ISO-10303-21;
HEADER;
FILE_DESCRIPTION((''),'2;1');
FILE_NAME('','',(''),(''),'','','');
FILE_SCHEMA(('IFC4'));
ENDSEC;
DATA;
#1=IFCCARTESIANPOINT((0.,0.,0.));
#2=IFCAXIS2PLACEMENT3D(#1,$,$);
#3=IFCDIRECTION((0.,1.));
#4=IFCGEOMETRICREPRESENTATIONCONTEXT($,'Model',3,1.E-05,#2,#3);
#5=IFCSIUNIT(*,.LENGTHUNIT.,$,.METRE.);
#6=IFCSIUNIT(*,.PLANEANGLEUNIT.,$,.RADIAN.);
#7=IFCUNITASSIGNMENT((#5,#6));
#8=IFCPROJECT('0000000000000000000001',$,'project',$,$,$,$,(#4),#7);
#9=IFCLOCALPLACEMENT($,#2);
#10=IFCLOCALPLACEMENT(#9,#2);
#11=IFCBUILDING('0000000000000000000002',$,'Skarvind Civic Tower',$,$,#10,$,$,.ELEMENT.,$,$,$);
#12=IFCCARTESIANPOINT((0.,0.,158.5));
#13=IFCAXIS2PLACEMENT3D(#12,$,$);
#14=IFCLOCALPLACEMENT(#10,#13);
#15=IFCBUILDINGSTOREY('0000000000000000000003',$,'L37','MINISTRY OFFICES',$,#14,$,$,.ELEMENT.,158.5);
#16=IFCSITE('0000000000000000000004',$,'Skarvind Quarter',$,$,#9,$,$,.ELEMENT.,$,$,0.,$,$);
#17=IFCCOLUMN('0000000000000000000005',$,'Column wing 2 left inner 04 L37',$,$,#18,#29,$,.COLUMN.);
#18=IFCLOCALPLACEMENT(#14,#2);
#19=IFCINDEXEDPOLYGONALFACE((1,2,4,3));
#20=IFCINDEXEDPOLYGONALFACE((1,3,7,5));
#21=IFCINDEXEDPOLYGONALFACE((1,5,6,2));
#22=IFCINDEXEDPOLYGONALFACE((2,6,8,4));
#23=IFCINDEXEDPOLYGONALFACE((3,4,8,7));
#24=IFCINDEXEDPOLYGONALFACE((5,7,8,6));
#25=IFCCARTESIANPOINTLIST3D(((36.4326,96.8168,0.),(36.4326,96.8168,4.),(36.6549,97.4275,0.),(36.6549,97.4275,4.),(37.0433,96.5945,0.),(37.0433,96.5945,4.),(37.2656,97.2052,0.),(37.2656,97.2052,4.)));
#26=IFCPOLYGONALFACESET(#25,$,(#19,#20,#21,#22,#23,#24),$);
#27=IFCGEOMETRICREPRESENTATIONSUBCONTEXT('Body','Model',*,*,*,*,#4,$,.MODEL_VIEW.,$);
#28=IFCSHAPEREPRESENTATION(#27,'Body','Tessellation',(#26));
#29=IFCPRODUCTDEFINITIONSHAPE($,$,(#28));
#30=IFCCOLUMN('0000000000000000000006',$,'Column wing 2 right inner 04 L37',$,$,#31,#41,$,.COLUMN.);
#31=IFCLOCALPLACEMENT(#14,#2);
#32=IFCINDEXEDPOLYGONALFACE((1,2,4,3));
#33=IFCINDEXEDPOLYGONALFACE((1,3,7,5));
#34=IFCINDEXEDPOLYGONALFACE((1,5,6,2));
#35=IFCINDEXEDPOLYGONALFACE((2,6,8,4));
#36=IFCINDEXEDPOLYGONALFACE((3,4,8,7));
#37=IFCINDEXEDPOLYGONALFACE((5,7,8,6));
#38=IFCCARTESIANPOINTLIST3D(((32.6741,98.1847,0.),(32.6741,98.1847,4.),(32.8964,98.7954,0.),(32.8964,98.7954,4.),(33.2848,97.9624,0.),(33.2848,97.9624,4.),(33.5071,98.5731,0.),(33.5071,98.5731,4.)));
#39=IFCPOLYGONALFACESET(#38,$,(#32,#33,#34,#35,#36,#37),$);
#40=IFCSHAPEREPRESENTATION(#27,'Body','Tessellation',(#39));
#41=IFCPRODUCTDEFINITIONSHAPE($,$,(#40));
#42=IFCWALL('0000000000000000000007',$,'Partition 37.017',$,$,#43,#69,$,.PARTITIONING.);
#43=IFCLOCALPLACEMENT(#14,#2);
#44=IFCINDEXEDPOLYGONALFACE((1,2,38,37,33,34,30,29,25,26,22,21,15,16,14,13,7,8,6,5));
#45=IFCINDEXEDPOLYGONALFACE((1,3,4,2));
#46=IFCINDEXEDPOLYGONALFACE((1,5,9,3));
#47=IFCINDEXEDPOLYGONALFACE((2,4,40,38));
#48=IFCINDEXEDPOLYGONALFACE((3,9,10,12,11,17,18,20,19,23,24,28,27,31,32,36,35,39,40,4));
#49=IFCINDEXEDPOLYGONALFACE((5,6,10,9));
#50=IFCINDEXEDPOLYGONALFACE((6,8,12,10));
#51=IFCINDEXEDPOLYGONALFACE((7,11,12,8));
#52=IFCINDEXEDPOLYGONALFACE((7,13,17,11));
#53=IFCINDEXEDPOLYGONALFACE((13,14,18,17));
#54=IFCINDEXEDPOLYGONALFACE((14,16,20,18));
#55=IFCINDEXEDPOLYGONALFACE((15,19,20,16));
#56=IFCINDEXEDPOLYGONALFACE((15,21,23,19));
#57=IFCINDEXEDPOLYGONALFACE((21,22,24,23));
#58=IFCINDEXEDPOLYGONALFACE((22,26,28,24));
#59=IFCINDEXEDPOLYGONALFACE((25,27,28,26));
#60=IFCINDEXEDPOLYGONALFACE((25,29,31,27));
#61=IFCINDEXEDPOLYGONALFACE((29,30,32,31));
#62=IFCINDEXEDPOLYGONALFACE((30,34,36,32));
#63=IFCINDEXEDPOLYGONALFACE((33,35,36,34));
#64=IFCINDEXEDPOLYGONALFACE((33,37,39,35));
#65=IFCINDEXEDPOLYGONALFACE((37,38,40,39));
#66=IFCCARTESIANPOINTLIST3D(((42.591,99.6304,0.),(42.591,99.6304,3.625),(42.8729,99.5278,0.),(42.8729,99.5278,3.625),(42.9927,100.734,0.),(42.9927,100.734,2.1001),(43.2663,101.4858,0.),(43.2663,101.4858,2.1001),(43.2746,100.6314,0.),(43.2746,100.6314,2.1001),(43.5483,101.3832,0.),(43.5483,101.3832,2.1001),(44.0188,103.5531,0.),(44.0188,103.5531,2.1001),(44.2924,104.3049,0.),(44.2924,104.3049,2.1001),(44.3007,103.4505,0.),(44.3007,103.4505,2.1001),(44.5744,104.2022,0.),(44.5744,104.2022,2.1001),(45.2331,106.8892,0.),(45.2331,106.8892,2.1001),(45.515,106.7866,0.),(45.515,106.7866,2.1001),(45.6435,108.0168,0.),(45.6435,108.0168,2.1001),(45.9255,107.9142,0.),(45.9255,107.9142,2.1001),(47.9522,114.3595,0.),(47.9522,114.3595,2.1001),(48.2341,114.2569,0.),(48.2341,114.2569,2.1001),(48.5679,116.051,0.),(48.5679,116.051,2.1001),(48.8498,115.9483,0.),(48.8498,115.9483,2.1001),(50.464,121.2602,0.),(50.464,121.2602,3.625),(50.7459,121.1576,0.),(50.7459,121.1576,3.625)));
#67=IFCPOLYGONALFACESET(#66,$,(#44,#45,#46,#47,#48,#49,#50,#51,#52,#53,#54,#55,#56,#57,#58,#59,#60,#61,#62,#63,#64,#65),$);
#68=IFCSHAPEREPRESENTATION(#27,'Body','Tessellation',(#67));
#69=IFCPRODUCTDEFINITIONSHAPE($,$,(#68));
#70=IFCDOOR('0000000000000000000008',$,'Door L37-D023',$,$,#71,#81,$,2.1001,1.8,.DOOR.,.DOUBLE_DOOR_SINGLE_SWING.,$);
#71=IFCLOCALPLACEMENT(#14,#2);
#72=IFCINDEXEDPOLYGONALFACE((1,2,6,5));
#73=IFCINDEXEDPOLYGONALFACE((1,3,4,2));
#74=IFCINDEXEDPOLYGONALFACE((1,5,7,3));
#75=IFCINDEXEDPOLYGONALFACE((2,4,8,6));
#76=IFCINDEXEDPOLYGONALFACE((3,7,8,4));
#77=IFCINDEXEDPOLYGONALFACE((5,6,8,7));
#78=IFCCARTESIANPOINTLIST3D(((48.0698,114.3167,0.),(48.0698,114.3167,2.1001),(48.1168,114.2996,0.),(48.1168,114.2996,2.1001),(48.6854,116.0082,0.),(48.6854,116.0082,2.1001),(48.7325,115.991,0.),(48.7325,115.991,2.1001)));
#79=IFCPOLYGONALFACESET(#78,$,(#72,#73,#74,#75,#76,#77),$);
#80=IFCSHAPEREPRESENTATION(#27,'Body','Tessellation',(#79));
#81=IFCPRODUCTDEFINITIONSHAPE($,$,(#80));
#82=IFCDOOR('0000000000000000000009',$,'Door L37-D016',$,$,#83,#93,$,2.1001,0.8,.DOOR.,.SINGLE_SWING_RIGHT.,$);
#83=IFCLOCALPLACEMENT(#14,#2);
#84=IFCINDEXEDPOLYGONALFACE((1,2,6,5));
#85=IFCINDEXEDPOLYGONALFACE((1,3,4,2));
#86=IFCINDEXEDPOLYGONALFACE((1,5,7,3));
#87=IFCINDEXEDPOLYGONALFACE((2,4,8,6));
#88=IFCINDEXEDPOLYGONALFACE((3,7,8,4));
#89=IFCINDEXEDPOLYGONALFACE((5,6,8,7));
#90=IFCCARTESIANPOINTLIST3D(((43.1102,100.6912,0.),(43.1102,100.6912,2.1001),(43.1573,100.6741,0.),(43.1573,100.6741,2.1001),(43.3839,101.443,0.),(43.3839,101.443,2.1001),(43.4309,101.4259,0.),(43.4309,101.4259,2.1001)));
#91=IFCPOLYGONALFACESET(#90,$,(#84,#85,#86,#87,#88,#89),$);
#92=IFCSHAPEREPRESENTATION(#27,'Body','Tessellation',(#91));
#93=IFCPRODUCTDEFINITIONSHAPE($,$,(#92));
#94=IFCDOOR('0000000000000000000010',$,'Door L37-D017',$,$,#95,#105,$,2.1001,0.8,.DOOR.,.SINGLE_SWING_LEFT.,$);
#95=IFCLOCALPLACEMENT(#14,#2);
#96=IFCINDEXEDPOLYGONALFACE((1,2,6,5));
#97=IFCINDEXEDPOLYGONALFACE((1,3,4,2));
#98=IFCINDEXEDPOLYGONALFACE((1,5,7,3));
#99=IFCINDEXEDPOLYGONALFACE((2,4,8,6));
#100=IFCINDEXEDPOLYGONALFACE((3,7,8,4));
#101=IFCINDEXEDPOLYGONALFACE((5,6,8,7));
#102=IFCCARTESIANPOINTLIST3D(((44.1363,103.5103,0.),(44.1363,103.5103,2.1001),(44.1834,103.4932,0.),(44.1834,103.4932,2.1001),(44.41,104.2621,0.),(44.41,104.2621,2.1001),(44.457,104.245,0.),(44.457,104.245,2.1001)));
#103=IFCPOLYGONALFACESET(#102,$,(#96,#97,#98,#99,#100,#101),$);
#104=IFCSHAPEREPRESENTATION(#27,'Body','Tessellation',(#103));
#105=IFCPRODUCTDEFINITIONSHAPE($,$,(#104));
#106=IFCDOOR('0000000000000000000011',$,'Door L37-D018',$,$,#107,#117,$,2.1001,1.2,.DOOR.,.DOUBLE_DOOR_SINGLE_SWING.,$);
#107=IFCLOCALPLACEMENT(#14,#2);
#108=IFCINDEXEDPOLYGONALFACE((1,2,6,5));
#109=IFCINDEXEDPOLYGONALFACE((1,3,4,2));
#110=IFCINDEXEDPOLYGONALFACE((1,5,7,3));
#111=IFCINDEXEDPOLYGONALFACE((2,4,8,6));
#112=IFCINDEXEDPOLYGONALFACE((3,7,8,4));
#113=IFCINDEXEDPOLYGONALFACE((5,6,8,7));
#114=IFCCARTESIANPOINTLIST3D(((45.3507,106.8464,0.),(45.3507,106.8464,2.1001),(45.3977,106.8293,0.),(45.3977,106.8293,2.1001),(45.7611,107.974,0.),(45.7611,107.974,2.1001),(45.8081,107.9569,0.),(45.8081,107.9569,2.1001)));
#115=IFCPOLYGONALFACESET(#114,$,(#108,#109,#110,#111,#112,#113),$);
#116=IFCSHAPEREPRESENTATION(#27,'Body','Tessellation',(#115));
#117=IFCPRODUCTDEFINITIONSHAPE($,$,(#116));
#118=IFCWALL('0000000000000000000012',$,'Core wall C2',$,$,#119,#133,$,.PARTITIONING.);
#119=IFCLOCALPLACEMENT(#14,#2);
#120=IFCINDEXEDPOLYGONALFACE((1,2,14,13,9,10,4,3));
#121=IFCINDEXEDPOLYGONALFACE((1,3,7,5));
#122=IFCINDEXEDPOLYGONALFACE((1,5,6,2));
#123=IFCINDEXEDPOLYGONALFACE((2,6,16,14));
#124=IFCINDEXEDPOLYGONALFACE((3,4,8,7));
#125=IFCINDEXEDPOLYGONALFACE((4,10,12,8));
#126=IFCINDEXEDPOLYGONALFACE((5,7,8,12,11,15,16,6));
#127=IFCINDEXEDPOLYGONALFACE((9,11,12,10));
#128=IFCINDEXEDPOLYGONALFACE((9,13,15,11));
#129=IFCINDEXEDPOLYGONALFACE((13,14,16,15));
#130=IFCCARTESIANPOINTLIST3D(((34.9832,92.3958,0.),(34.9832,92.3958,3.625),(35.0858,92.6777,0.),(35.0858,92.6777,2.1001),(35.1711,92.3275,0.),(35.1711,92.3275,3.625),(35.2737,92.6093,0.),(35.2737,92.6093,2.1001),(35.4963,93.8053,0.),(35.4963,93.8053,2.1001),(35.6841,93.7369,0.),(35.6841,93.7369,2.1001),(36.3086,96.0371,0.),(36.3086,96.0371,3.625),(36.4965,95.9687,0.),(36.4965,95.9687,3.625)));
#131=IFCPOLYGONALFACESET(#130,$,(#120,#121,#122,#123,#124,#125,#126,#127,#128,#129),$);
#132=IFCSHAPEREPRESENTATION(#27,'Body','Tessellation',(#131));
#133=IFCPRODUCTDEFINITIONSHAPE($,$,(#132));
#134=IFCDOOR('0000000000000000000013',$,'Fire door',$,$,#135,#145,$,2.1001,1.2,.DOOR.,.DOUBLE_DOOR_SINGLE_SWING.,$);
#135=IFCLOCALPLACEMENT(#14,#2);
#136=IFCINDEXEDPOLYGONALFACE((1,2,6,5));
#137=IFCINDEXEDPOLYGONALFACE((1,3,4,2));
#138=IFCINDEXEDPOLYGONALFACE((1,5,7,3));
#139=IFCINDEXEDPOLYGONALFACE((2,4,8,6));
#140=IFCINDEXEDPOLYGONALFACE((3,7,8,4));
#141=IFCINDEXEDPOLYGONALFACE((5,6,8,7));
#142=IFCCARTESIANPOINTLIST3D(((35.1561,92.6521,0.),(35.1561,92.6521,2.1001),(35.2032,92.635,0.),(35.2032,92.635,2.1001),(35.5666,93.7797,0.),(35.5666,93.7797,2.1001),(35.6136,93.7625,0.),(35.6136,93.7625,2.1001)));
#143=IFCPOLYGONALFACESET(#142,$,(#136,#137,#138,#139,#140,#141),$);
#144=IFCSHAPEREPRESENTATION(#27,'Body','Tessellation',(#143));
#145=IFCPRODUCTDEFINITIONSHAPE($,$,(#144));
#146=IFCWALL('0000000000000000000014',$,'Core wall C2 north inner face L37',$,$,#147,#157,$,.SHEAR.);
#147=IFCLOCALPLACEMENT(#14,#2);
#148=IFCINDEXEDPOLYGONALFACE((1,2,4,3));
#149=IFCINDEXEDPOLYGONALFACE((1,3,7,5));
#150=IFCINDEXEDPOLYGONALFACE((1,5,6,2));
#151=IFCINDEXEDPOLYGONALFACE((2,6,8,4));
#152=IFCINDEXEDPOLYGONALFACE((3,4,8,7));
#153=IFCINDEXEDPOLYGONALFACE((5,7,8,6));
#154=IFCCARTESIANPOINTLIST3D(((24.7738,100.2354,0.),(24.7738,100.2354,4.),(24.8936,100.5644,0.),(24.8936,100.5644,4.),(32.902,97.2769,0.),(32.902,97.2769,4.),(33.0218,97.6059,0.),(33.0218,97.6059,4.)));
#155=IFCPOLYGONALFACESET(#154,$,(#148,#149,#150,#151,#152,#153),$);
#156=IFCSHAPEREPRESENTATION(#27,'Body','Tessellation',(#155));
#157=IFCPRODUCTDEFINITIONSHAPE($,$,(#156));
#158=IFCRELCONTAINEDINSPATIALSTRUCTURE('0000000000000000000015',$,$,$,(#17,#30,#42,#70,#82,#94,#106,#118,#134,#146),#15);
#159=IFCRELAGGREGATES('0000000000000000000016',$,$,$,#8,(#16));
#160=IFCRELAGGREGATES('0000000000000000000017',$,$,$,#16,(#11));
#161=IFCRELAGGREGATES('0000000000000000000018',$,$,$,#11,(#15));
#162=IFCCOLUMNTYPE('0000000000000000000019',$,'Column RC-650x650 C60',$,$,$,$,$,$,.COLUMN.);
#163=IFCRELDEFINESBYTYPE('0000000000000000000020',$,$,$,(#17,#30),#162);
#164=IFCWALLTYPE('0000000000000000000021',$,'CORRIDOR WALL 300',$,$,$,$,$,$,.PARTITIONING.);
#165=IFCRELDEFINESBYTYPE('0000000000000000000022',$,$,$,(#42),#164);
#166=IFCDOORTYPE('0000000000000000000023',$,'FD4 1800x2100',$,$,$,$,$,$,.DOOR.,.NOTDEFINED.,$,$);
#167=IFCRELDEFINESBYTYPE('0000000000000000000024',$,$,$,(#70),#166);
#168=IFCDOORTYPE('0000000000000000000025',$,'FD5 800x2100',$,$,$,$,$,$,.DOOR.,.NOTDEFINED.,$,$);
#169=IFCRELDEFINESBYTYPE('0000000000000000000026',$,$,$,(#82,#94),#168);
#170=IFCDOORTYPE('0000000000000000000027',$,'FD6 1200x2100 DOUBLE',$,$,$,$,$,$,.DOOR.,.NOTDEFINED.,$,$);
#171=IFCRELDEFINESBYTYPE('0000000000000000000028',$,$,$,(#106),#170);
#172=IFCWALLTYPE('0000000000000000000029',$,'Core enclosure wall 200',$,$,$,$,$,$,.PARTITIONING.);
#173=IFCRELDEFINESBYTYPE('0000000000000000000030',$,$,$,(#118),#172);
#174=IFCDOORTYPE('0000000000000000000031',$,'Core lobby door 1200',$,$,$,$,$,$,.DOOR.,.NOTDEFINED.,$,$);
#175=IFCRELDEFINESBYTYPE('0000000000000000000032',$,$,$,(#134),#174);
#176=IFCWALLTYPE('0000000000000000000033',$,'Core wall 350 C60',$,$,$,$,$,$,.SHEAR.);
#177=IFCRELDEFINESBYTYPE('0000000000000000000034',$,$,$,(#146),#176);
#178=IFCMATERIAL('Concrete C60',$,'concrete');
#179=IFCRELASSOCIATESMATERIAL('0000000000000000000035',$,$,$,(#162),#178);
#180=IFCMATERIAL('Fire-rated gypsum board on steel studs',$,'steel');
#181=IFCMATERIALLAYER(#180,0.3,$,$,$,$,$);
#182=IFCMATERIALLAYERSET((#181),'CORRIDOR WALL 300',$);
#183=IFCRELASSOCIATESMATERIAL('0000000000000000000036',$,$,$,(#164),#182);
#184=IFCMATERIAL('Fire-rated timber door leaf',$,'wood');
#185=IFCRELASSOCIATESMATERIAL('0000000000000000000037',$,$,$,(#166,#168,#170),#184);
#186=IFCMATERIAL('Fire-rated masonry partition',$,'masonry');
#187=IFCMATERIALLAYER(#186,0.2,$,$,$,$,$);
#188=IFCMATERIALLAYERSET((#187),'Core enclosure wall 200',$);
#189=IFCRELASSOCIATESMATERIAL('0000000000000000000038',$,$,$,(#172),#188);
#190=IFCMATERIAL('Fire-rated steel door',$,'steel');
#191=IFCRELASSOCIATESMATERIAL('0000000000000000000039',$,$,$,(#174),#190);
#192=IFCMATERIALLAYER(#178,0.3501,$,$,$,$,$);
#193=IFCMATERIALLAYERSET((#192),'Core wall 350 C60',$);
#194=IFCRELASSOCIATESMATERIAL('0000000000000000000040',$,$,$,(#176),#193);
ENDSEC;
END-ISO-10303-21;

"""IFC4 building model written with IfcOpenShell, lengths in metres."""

from ifc_helpers import new_model, si_unit, direction, frame, frame_2d, origin, origin_2d, place, context, subcontext, project, spatial, rectangle, extrude, material, layer, layer_set, material_profile, profile_set, type_object, element, fill, save


model = new_model("IFC4")

# Units and contexts
model_context = context("Model", 3, precision=1e-05, world=origin(), true_north=direction((0.0, 1.0)))
body_context = subcontext(model_context, "Body", "Model", "MODEL_VIEW")
ifc_project = project(units=[si_unit("LENGTHUNIT", "METRE"), si_unit("PLANEANGLEUNIT", "RADIAN")], contexts=[model_context])

# Site, building, storey
site_placement = place(None, origin())
site = spatial("IfcSite", under=ifc_project, at=site_placement, Name="Skarvind Quarter", CompositionType="ELEMENT", RefElevation=0.0)
building_placement = place(site_placement, origin())
building = spatial("IfcBuilding", under=site, at=building_placement, Name="Skarvind Civic Tower", CompositionType="ELEMENT")
storey_placement = place(building_placement, frame((0.0, 0.0, 158.5)))
storey = spatial("IfcBuildingStorey", under=building, at=storey_placement, Name="L37", Description="MINISTRY OFFICES", CompositionType="ELEMENT", Elevation=158.5)

# Columns
ifc_material_1 = material(Name="Concrete C60", Category="concrete")
ifc_material_profile = material_profile(ifc_material_1, rectangle(XDim=0.6499, YDim=0.6499, at=origin_2d()), Name="RC-650x650")
ifc_profile_set = profile_set([ifc_material_profile], Name="Concrete C60")
column_type = type_object("IfcColumnType", Name="Column RC-650x650 C60", PredefinedType="COLUMN", material=ifc_profile_set)
for number, where, z_axis, x_axis, name in (
    (1, (36.8491, 97.011, 0.0), (0.0, 0.0, 1.0), (-0.34202, -0.939693, 0.0), "Column wing 2 left inner 04 L37"),
    (2, (33.0906, 98.3789, 0.0), (0.0, 0.0, 1.0), (-0.34202, -0.939693, 0.0), "Column wing 2 right inner 04 L37"),
):
    element("IfcColumn", number, at=place(storey_placement, frame(where, z_axis=z_axis, x_axis=x_axis)), inside=storey, type_object=column_type, Name=name, PredefinedType="COLUMN", context=body_context, shape_type="SweptSolid", body=[
        extrude(rectangle(XDim=0.6499, YDim=0.6499, at=origin_2d()), origin(), (0.0, 0.0, 1.0), 4.0),
    ])

# Wall, openings, doors
ifc_material_2 = material(Name="Fire-rated gypsum board on steel studs", Category="steel")
ifc_layer_1 = layer(ifc_material_2, 0.3)
ifc_layer_set_1 = layer_set([ifc_layer_1], Name="CORRIDOR WALL 300")
wall_type_1 = type_object("IfcWallType", Name="CORRIDOR WALL 300", PredefinedType="PARTITIONING", material=ifc_layer_set_1)
wall_1_placement = place(storey_placement, frame((42.7319, 99.5791, 0.0), z_axis=(0.0, 0.0, 1.0), x_axis=(0.342036, 0.939687, 0.0)))
wall_1 = element("IfcWall", 3, at=wall_1_placement, inside=storey, type_object=wall_type_1, Name="Partition 37.017", PredefinedType="PARTITIONING", context=body_context, shape_type="SweptSolid", body=[
    extrude(rectangle(XDim=23.0181, YDim=0.3, at=frame_2d((11.509, 0.0))), origin(), (0.0, 0.0, 1.0), 3.625),
])
opening_1_placement = place(wall_1_placement, frame((1.1746, 0.0, 0.0)))
opening_1 = element("IfcOpeningElement", 4, at=opening_1_placement, cuts=wall_1, PredefinedType="OPENING", context=body_context, shape_type="SweptSolid", body=[
    extrude(rectangle(XDim=0.8, YDim=2.1001, at=frame_2d((0.3999, 1.05))), frame((0.0, 0.1599, 0.0), z_axis=(0.0, -1.0, 0.0), x_axis=(1.0, 0.0, 0.0)), (0.0, 0.0, 1.0), 0.3201),
])
opening_2_placement = place(wall_1_placement, frame((4.1746, 0.0, 0.0)))
opening_2 = element("IfcOpeningElement", 5, at=opening_2_placement, cuts=wall_1, PredefinedType="OPENING", context=body_context, shape_type="SweptSolid", body=[
    extrude(rectangle(XDim=0.8, YDim=2.1001, at=frame_2d((0.3999, 1.05))), frame((0.0, 0.1599, 0.0), z_axis=(0.0, -1.0, 0.0), x_axis=(1.0, 0.0, 0.0)), (0.0, 0.0, 1.0), 0.3201),
])
opening_3_placement = place(wall_1_placement, frame((7.7246, 0.0, 0.0)))
opening_3 = element("IfcOpeningElement", 6, at=opening_3_placement, cuts=wall_1, PredefinedType="OPENING", context=body_context, shape_type="SweptSolid", body=[
    extrude(rectangle(XDim=1.2, YDim=2.1001, at=frame_2d((0.6001, 1.05))), frame((0.0, 0.1599, 0.0), z_axis=(0.0, -1.0, 0.0), x_axis=(1.0, 0.0, 0.0)), (0.0, 0.0, 1.0), 0.3201),
])
opening_4_placement = place(wall_1_placement, frame((15.6746, 0.0, 0.0)))
opening_4 = element("IfcOpeningElement", 7, at=opening_4_placement, cuts=wall_1, PredefinedType="OPENING", context=body_context, shape_type="SweptSolid", body=[
    extrude(rectangle(XDim=1.8, YDim=2.1001, at=frame_2d((0.8999, 1.05))), frame((0.0, 0.1599, 0.0), z_axis=(0.0, -1.0, 0.0), x_axis=(1.0, 0.0, 0.0)), (0.0, 0.0, 1.0), 0.3201),
])
ifc_material_3 = material(Name="Fire-rated timber door leaf", Category="wood")
door_type_1 = type_object("IfcDoorType", Name="FD4 1800x2100", OperationType="NOTDEFINED", PredefinedType="DOOR", material=ifc_material_3)
door_1_placement = place(opening_4_placement, origin())
door_1 = element("IfcDoor", 8, at=door_1_placement, inside=storey, type_object=door_type_1, Name="Door L37-D023", OperationType="DOUBLE_DOOR_SINGLE_SWING", OverallHeight=2.1001, OverallWidth=1.8, PredefinedType="DOOR", context=body_context, shape_type="SweptSolid", body=[
    extrude(rectangle(XDim=1.8, YDim=2.1001, at=frame_2d((0.8999, 1.05))), frame((0.0, 0.0249, 0.0), z_axis=(0.0, -1.0, 0.0), x_axis=(1.0, 0.0, 0.0)), (0.0, 0.0, 1.0), 0.05),
])
fill(opening_4, door_1)
door_type_2 = type_object("IfcDoorType", Name="FD5 800x2100", OperationType="NOTDEFINED", PredefinedType="DOOR", material=ifc_material_3)
door_2_placement = place(opening_1_placement, origin())
door_2 = element("IfcDoor", 9, at=door_2_placement, inside=storey, type_object=door_type_2, Name="Door L37-D016", OperationType="SINGLE_SWING_RIGHT", OverallHeight=2.1001, OverallWidth=0.8, PredefinedType="DOOR", context=body_context, shape_type="SweptSolid", body=[
    extrude(rectangle(XDim=0.8, YDim=2.1001, at=frame_2d((0.3999, 1.05))), frame((0.0, 0.0249, 0.0), z_axis=(0.0, -1.0, 0.0), x_axis=(1.0, 0.0, 0.0)), (0.0, 0.0, 1.0), 0.05),
])
fill(opening_1, door_2)
door_3_placement = place(opening_2_placement, origin())
door_3 = element("IfcDoor", 10, at=door_3_placement, inside=storey, type_object=door_type_2, Name="Door L37-D017", OperationType="SINGLE_SWING_LEFT", OverallHeight=2.1001, OverallWidth=0.8, PredefinedType="DOOR", context=body_context, shape_type="SweptSolid", body=[
    extrude(rectangle(XDim=0.8, YDim=2.1001, at=frame_2d((0.3999, 1.05))), frame((0.0, 0.0249, 0.0), z_axis=(0.0, -1.0, 0.0), x_axis=(1.0, 0.0, 0.0)), (0.0, 0.0, 1.0), 0.05),
])
fill(opening_2, door_3)
door_type_3 = type_object("IfcDoorType", Name="FD6 1200x2100 DOUBLE", OperationType="NOTDEFINED", PredefinedType="DOOR", material=ifc_material_3)
door_4_placement = place(opening_3_placement, origin())
door_4 = element("IfcDoor", 11, at=door_4_placement, inside=storey, type_object=door_type_3, Name="Door L37-D018", OperationType="DOUBLE_DOOR_SINGLE_SWING", OverallHeight=2.1001, OverallWidth=1.2, PredefinedType="DOOR", context=body_context, shape_type="SweptSolid", body=[
    extrude(rectangle(XDim=1.2, YDim=2.1001, at=frame_2d((0.6001, 1.05))), frame((0.0, 0.0249, 0.0), z_axis=(0.0, -1.0, 0.0), x_axis=(1.0, 0.0, 0.0)), (0.0, 0.0, 1.0), 0.05),
])
fill(opening_3, door_4)

# Wall, opening, door
ifc_material_4 = material(Name="Fire-rated masonry partition", Category="masonry")
ifc_layer_2 = layer(ifc_material_4, 0.2)
ifc_layer_set_2 = layer_set([ifc_layer_2], Name="Core enclosure wall 200")
wall_type_2 = type_object("IfcWallType", Name="Core enclosure wall 200", PredefinedType="PARTITIONING", material=ifc_layer_set_2)
wall_2_placement = place(storey_placement, frame((36.4026, 96.0029, 0.0), z_axis=(0.0, 0.0, 1.0), x_axis=(-0.342042, -0.939685, 0.0)))
wall_2 = element("IfcWall", 12, at=wall_2_placement, inside=storey, type_object=wall_type_2, Name="Core wall C2", PredefinedType="PARTITIONING", context=body_context, shape_type="SweptSolid", body=[
    extrude(rectangle(XDim=3.875, YDim=0.2, at=frame_2d((1.9375, 0.0))), origin(), (0.0, 0.0, 1.0), 3.625),
])
opening_5_placement = place(wall_2_placement, frame((2.375, 0.0, 0.0)))
opening_5 = element("IfcOpeningElement", 13, at=opening_5_placement, cuts=wall_2, PredefinedType="OPENING", context=body_context, shape_type="SweptSolid", body=[
    extrude(rectangle(XDim=1.2, YDim=2.1001, at=frame_2d((0.6001, 1.05))), frame((0.0, 0.1099, 0.0), z_axis=(0.0, -1.0, 0.0), x_axis=(1.0, 0.0, 0.0)), (0.0, 0.0, 1.0), 0.22),
])
ifc_material_5 = material(Name="Fire-rated steel door", Category="steel")
door_type_4 = type_object("IfcDoorType", Name="Core lobby door 1200", OperationType="NOTDEFINED", PredefinedType="DOOR", material=ifc_material_5)
door_5_placement = place(opening_5_placement, origin())
door_5 = element("IfcDoor", 14, at=door_5_placement, inside=storey, type_object=door_type_4, Name="Fire door", OperationType="DOUBLE_DOOR_SINGLE_SWING", OverallHeight=2.1001, OverallWidth=1.2, PredefinedType="DOOR", context=body_context, shape_type="SweptSolid", body=[
    extrude(rectangle(XDim=1.2, YDim=2.1001, at=frame_2d((0.6001, 1.05))), frame((0.0, 0.0249, 0.0), z_axis=(0.0, -1.0, 0.0), x_axis=(1.0, 0.0, 0.0)), (0.0, 0.0, 1.0), 0.05),
])
fill(opening_5, door_5)

# Wall
ifc_layer_3 = layer(ifc_material_1, 0.3501)
ifc_layer_set_3 = layer_set([ifc_layer_3], Name="Core wall 350 C60")
wall_type_3 = type_object("IfcWallType", Name="Core wall 350 C60", PredefinedType="SHEAR", material=ifc_layer_set_3)
wall_3_placement = place(storey_placement, frame((32.9619, 97.4414, 0.0), z_axis=(0.0, 0.0, 1.0), x_axis=(-0.93969, 0.342029, 0.0)))
element("IfcWall", 15, at=wall_3_placement, inside=storey, type_object=wall_type_3, Name="Core wall C2 north inner face L37", PredefinedType="SHEAR", context=body_context, shape_type="SweptSolid", body=[
    extrude(rectangle(XDim=8.6499, YDim=0.3501, at=frame_2d((4.325, 0.0))), origin(), (0.0, 0.0, 1.0), 4.0),
])

save(model, "model.ifc")
